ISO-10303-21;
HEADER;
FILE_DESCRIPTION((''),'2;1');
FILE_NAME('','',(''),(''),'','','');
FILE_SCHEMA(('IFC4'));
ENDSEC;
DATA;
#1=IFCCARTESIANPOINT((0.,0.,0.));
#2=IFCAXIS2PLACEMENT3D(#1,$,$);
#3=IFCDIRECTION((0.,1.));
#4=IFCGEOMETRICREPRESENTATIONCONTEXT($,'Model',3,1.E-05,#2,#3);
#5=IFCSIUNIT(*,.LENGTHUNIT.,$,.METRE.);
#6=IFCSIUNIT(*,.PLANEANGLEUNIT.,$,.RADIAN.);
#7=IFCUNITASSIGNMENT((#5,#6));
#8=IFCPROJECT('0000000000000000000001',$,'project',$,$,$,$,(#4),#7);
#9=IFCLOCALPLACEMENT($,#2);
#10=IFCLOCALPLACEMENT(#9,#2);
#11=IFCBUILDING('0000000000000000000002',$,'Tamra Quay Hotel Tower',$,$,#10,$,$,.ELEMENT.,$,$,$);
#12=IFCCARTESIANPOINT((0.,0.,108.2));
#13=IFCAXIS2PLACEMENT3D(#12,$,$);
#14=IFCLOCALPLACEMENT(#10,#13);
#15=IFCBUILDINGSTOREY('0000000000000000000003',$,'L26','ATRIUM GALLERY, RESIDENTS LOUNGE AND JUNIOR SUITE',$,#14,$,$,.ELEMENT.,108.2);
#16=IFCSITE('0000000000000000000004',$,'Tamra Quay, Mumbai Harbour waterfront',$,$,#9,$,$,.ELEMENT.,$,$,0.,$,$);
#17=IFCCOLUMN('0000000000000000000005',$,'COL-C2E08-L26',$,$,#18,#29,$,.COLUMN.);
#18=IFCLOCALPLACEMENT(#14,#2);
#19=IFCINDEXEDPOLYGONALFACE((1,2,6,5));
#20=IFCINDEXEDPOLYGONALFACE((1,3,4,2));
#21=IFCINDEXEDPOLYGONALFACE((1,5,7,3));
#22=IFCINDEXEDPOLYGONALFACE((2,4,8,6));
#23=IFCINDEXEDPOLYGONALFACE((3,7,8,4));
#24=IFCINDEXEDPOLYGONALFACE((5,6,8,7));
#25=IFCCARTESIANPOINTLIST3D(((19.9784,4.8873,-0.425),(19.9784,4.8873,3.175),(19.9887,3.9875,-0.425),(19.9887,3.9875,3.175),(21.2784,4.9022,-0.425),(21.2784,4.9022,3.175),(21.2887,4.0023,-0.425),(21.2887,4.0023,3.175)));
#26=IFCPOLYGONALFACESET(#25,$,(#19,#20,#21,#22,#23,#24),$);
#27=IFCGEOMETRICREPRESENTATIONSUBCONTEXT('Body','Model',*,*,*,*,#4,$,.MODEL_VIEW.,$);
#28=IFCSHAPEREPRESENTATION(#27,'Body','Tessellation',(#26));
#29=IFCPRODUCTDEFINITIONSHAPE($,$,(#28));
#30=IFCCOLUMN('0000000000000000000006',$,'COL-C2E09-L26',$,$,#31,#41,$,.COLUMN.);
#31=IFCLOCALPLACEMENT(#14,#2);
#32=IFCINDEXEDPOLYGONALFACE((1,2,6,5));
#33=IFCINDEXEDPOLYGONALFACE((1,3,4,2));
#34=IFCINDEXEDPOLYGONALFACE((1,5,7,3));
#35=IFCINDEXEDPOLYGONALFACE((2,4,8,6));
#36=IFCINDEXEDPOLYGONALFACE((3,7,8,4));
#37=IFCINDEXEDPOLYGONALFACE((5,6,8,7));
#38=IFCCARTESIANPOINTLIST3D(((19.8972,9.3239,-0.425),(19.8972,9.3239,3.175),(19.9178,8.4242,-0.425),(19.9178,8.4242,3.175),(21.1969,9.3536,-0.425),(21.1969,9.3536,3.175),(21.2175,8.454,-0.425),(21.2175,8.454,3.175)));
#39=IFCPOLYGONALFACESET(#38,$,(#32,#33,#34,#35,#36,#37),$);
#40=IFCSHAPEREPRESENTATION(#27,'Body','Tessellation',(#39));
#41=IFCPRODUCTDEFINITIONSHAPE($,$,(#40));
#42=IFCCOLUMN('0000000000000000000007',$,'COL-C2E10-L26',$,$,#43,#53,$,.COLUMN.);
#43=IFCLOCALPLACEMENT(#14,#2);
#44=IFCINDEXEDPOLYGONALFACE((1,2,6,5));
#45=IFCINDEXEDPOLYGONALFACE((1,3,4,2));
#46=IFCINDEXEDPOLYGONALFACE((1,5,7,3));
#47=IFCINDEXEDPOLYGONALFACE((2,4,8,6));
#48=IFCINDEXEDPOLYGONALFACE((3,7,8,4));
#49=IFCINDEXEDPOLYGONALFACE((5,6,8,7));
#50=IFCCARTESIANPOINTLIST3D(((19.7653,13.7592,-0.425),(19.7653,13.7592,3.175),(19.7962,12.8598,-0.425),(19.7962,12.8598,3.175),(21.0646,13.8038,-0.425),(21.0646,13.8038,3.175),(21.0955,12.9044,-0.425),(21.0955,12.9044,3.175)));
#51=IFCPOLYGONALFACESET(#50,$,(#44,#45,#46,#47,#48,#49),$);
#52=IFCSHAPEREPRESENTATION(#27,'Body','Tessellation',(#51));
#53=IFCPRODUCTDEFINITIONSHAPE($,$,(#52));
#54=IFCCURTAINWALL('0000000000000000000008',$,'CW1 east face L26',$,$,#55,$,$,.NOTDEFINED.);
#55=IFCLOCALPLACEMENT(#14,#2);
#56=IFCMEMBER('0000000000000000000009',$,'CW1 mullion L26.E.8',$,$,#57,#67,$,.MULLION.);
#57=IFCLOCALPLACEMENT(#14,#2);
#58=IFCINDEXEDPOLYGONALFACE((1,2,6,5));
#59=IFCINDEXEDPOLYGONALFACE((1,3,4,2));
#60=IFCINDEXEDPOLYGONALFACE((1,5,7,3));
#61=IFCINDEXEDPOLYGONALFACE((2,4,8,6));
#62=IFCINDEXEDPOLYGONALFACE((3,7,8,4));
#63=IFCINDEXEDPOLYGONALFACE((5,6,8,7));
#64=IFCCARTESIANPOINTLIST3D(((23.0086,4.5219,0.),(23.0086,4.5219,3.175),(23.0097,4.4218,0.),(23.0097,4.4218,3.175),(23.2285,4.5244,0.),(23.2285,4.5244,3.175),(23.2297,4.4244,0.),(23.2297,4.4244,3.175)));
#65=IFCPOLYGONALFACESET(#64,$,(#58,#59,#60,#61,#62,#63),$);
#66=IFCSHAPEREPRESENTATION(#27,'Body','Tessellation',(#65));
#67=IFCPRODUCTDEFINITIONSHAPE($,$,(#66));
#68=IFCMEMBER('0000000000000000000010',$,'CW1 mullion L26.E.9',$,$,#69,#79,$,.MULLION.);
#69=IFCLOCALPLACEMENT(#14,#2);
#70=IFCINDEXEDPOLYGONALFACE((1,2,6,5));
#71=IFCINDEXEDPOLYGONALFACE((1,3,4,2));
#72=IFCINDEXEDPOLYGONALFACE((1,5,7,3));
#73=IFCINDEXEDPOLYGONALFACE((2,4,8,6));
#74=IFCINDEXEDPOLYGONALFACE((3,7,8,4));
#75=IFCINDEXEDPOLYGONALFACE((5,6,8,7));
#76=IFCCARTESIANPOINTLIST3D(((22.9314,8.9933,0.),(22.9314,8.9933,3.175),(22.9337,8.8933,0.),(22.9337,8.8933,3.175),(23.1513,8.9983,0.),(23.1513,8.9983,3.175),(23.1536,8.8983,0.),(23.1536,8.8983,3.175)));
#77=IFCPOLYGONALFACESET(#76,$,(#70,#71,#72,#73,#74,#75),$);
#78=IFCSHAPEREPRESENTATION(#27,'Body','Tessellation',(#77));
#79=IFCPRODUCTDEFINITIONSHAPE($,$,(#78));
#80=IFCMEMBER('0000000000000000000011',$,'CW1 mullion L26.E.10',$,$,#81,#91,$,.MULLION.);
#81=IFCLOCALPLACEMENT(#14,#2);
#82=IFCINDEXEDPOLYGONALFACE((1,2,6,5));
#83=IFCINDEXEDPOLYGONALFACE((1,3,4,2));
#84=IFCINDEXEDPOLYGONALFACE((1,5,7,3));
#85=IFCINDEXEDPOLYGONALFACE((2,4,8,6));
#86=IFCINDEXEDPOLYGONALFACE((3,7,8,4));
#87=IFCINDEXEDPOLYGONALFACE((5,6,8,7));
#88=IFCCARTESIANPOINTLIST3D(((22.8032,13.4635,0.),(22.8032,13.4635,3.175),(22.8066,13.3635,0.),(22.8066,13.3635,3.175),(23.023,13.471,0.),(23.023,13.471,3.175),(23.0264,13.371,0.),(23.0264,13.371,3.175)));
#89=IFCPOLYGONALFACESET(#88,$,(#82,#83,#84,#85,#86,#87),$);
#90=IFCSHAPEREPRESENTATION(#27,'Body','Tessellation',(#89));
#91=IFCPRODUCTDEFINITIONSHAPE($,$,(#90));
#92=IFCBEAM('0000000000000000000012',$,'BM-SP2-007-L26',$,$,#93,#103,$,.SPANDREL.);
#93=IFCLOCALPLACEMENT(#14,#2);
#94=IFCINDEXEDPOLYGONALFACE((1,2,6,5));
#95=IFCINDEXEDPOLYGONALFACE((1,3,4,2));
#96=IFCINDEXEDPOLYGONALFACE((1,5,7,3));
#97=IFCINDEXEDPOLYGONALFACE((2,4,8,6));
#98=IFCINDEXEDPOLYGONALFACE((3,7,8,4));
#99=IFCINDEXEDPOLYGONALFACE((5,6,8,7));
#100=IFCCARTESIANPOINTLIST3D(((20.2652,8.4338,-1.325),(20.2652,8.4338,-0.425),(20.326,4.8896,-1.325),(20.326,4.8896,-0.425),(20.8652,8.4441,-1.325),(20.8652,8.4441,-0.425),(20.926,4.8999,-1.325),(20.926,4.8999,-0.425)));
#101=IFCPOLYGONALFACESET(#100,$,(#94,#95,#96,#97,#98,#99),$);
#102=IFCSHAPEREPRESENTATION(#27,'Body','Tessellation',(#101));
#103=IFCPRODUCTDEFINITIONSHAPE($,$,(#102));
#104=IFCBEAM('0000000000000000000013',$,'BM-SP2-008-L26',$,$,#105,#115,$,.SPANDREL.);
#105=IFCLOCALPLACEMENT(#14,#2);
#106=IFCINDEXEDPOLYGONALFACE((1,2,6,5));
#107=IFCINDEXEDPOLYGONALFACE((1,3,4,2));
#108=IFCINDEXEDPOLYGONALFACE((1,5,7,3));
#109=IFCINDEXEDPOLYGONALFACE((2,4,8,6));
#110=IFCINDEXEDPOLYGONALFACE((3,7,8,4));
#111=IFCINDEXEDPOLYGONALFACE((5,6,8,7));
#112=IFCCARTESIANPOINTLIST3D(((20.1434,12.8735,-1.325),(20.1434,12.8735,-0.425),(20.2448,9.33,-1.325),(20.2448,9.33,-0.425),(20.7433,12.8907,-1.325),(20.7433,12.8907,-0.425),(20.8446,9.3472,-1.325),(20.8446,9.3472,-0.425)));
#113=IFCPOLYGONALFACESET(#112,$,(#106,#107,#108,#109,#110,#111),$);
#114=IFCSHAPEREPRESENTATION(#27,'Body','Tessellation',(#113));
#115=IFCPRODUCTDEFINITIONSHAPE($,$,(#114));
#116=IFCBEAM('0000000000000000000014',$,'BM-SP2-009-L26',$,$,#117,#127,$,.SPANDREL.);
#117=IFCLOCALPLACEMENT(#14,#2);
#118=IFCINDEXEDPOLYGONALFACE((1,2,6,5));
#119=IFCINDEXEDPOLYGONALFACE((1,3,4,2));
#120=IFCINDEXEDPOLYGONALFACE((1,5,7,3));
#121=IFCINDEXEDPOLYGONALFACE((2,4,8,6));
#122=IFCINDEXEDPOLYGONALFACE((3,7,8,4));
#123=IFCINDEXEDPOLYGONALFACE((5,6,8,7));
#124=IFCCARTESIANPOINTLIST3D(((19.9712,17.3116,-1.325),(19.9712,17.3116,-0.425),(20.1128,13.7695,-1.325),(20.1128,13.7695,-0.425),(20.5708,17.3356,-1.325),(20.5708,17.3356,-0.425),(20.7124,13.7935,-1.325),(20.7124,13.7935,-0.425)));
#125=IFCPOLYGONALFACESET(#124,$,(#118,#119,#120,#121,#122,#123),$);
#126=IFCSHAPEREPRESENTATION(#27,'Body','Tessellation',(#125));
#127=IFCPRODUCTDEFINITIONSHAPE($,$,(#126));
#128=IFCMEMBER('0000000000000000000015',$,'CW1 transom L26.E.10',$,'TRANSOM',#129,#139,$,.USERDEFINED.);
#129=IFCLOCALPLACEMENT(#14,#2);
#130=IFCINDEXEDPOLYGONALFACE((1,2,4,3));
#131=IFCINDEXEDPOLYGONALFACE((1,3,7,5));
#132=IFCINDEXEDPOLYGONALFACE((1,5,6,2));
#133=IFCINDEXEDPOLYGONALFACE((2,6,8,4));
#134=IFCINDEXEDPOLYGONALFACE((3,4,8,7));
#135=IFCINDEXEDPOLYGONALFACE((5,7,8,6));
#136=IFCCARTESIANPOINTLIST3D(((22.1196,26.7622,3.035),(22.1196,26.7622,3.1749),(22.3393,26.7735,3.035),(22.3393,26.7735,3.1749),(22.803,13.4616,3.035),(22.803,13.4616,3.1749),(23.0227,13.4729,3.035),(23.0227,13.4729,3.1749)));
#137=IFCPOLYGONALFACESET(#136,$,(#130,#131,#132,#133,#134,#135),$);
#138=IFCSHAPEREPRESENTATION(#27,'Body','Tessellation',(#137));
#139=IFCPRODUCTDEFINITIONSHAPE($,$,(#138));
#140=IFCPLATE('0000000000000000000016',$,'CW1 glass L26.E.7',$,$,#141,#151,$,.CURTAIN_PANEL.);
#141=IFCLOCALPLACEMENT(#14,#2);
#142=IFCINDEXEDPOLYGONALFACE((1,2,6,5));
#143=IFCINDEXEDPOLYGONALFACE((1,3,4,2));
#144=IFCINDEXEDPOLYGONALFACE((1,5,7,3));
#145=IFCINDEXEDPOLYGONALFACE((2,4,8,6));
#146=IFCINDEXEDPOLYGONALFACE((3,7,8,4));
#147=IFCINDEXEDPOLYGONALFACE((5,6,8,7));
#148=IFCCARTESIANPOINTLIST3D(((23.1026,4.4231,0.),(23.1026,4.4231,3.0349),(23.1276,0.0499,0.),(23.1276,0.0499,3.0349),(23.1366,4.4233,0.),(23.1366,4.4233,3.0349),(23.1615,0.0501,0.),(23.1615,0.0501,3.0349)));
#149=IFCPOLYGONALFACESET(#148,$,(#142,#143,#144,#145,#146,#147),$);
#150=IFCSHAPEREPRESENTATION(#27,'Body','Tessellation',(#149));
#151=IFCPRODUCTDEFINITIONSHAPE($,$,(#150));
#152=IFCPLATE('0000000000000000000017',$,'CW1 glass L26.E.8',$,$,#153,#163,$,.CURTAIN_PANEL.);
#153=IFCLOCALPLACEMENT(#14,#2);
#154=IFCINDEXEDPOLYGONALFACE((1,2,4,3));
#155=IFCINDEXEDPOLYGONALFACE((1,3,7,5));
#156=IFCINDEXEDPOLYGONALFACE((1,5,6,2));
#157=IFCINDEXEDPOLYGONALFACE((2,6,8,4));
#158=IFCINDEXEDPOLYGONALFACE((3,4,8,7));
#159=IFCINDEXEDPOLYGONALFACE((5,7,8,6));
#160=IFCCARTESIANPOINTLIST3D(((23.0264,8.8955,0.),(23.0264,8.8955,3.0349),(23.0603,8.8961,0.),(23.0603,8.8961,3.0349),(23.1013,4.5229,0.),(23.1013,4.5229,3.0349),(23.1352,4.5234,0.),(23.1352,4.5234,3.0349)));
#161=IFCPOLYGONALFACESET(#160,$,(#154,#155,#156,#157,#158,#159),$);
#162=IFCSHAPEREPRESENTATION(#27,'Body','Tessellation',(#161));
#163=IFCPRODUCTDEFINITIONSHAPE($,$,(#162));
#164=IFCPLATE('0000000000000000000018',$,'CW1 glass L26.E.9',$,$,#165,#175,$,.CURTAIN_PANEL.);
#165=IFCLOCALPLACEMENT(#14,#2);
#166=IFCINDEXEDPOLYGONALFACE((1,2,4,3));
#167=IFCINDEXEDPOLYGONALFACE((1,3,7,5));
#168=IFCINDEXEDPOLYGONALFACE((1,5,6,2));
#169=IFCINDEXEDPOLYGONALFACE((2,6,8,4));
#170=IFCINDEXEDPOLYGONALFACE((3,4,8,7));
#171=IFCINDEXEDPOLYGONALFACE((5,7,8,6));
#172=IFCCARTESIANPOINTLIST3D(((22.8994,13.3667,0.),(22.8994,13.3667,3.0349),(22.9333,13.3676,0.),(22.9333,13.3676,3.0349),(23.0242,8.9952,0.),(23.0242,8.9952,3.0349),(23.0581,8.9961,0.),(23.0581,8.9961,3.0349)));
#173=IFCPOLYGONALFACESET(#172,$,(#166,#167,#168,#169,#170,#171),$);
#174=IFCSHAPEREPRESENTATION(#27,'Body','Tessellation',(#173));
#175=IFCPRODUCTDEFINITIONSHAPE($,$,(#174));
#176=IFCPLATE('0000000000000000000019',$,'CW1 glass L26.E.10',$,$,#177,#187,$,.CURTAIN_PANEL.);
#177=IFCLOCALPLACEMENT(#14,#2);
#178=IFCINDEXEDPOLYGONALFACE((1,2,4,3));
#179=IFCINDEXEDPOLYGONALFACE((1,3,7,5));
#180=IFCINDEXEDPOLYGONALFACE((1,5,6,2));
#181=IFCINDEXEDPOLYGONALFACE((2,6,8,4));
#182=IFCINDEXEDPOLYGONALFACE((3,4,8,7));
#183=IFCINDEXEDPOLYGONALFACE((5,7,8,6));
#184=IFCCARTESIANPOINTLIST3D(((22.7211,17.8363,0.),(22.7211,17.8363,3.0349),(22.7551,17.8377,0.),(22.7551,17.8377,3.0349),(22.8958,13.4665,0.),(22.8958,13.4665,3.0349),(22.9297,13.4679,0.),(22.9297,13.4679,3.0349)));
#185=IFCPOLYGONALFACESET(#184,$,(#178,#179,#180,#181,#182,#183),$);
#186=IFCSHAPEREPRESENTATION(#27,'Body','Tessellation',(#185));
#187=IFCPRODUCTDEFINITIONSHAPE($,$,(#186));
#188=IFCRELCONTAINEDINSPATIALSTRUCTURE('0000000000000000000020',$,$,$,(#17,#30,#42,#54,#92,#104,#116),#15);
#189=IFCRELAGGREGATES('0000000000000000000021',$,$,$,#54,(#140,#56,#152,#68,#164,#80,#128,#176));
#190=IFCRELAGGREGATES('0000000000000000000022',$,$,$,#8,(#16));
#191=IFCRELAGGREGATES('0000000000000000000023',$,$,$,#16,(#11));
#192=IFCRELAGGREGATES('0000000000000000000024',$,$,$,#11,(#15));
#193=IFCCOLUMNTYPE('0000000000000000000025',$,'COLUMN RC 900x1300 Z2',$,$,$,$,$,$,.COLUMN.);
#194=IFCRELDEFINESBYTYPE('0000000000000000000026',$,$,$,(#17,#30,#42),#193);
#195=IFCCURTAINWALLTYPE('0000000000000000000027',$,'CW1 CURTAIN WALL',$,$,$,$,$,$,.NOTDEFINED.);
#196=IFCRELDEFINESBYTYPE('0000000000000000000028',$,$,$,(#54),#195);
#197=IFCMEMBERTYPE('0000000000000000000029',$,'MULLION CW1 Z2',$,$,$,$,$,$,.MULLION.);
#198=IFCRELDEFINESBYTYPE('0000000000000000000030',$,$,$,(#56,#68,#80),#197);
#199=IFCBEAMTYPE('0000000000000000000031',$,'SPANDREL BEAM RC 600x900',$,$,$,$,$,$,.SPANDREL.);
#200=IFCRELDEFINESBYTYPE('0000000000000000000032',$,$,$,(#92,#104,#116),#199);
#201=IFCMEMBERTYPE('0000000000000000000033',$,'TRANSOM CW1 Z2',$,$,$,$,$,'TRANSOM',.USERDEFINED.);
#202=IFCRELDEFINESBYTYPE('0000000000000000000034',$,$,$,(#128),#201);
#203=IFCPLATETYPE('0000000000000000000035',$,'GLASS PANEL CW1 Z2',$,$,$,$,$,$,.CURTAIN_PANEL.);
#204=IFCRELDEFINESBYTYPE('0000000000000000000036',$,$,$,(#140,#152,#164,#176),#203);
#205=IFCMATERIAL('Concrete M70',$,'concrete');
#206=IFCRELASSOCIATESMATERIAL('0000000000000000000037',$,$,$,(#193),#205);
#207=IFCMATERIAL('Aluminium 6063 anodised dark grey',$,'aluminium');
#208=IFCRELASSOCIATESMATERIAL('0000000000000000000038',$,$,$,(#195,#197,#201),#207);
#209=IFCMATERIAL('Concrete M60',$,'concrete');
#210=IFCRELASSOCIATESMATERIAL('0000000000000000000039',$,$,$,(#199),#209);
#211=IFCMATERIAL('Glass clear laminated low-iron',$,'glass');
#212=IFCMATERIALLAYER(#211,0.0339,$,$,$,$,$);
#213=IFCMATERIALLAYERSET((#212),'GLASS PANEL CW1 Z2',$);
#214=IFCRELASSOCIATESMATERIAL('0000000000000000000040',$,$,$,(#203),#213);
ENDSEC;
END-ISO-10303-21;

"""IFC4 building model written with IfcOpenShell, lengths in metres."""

from ifc_helpers import new_model, si_unit, direction, frame, origin, origin_2d, place, context, subcontext, project, spatial, rectangle, extrude, material, layer, layer_set, material_profile, profile_set, type_object, element, aggregate, save


model = new_model("IFC4")

# Units and contexts
model_context = context("Model", 3, precision=1e-05, world=origin(), true_north=direction((0.0, 1.0)))
body_context = subcontext(model_context, "Body", "Model", "MODEL_VIEW")
ifc_project = project(units=[si_unit("LENGTHUNIT", "METRE"), si_unit("PLANEANGLEUNIT", "RADIAN")], contexts=[model_context])

# Site, building, storey
site_placement = place(None, origin())
site = spatial("IfcSite", under=ifc_project, at=site_placement, Name="Tamra Quay, Mumbai Harbour waterfront", CompositionType="ELEMENT", RefElevation=0.0)
building_placement = place(site_placement, origin())
building = spatial("IfcBuilding", under=site, at=building_placement, Name="Tamra Quay Hotel Tower", CompositionType="ELEMENT")
storey_placement = place(building_placement, frame((0.0, 0.0, 108.2)))
storey = spatial("IfcBuildingStorey", under=building, at=storey_placement, Name="L26", Description="ATRIUM GALLERY, RESIDENTS LOUNGE AND JUNIOR SUITE", CompositionType="ELEMENT", Elevation=108.2)

# Columns
ifc_material_1 = material(Name="Concrete M70", Category="concrete")
ifc_material_profile_1 = material_profile(ifc_material_1, rectangle(XDim=1.3, YDim=0.8999, at=origin_2d()), Name="COLUMN RC 900x1300 Z2")
ifc_profile_set_1 = profile_set([ifc_material_profile_1], Name="Concrete M70")
column_type = type_object("IfcColumnType", Name="COLUMN RC 900x1300 Z2", PredefinedType="COLUMN", material=ifc_profile_set_1)
for number, where, z_axis, x_axis, name in (
    (1, (20.6335, 4.4448, -0.425), (0.0, 0.0, 1.0), (0.999935, 0.011439, 0.0), "COL-C2E08-L26"),
    (2, (20.5574, 8.8889, -0.425), (0.0, 0.0, 1.0), (0.999738, 0.022874, 0.0), "COL-C2E09-L26"),
    (3, (20.4304, 13.3318, -0.425), (0.0, 0.0, 1.0), (0.999412, 0.034299, 0.0), "COL-C2E10-L26"),
):
    element("IfcColumn", number, at=place(storey_placement, frame(where, z_axis=z_axis, x_axis=x_axis)), inside=storey, type_object=column_type, Name=name, PredefinedType="COLUMN", context=body_context, shape_type="SweptSolid", body=[
        extrude(rectangle(XDim=1.3, YDim=0.8999, at=origin_2d()), origin(), (0.0, 0.0, 1.0), 3.6001),
    ])

# Curtain wall, members
ifc_material_2 = material(Name="Aluminium 6063 anodised dark grey", Category="aluminium")
curtain_wall_type = type_object("IfcCurtainWallType", Name="CW1 CURTAIN WALL", PredefinedType="NOTDEFINED", material=ifc_material_2)
curtain_wall_placement = place(storey_placement, origin())
curtain_wall = element("IfcCurtainWall", 4, at=curtain_wall_placement, inside=storey, type_object=curtain_wall_type, Name="CW1 east face L26", PredefinedType="NOTDEFINED")
ifc_material_profile_2 = material_profile(ifc_material_2, rectangle(XDim=0.22, YDim=0.1001, at=origin_2d()), Name="MULLION 100X220")
ifc_profile_set_2 = profile_set([ifc_material_profile_2], Name="Aluminium 6063 anodised dark grey")
member_type_1 = type_object("IfcMemberType", Name="MULLION CW1 Z2", PredefinedType="MULLION", material=ifc_profile_set_2)
member_1_placement = place(storey_placement, frame((23.1191, 4.4731, 0.0), z_axis=(0.0, 0.0, 1.0), x_axis=(0.999935, 0.011424, 0.0)))
member_1 = element("IfcMember", 5, at=member_1_placement, type_object=member_type_1, Name="CW1 mullion L26.E.8", PredefinedType="MULLION", context=body_context, shape_type="SweptSolid", body=[
    extrude(rectangle(XDim=0.22, YDim=0.1001, at=origin_2d()), origin(), (0.0, 0.0, 1.0), 3.175),
])
member_2_placement = place(storey_placement, frame((23.0425, 8.9458, 0.0), z_axis=(0.0, 0.0, 1.0), x_axis=(0.999739, 0.022841, 0.0)))
member_2 = element("IfcMember", 6, at=member_2_placement, type_object=member_type_1, Name="CW1 mullion L26.E.9", PredefinedType="MULLION", context=body_context, shape_type="SweptSolid", body=[
    extrude(rectangle(XDim=0.22, YDim=0.1001, at=origin_2d()), origin(), (0.0, 0.0, 1.0), 3.175),
])
member_3_placement = place(storey_placement, frame((22.9148, 13.4172, 0.0), z_axis=(0.0, 0.0, 1.0), x_axis=(0.999413, 0.034246, 0.0)))
member_3 = element("IfcMember", 7, at=member_3_placement, type_object=member_type_1, Name="CW1 mullion L26.E.10", PredefinedType="MULLION", context=body_context, shape_type="SweptSolid", body=[
    extrude(rectangle(XDim=0.22, YDim=0.1001, at=origin_2d()), origin(), (0.0, 0.0, 1.0), 3.175),
])

# Beams
ifc_material_3 = material(Name="Concrete M60", Category="concrete")
ifc_material_profile_3 = material_profile(ifc_material_3, rectangle(XDim=0.6001, YDim=0.8999, at=origin_2d()), Name="SPANDREL BEAM RC 600x900")
ifc_profile_set_3 = profile_set([ifc_material_profile_3], Name="Concrete M60")
beam_type = type_object("IfcBeamType", Name="SPANDREL BEAM RC 600x900", PredefinedType="SPANDREL", material=ifc_profile_set_3)
beam_placement = place(storey_placement, frame((20.626, 4.8948, -0.875), z_axis=(-0.01715, 0.999853, 0.0), x_axis=(-0.999853, -0.01715, 0.0)))
element("IfcBeam", 8, at=beam_placement, inside=storey, type_object=beam_type, Name="BM-SP2-007-L26", PredefinedType="SPANDREL", context=body_context, shape_type="SweptSolid", body=[
    extrude(rectangle(XDim=0.6001, YDim=0.8999, at=origin_2d()), origin(), (0.0, 0.0, 1.0), 3.5447),
])
for number, where, z_axis, x_axis, name in (
    (9, (20.5447, 9.3386, -0.875), (-0.028581, 0.999591, 0.0), (-0.999591, -0.028581, 0.0), "BM-SP2-008-L26"),
    (10, (20.4126, 13.7815, -0.875), (-0.039946, 0.999202, 0.0), (-0.999202, -0.039946, 0.0), "BM-SP2-009-L26"),
):
    element("IfcBeam", number, at=place(storey_placement, frame(where, z_axis=z_axis, x_axis=x_axis)), inside=storey, type_object=beam_type, Name=name, PredefinedType="SPANDREL", context=body_context, shape_type="SweptSolid", body=[
        extrude(rectangle(XDim=0.6001, YDim=0.8999, at=origin_2d()), origin(), (0.0, 0.0, 1.0), 3.5449),
    ])

# Member
ifc_material_profile_4 = material_profile(ifc_material_2, rectangle(XDim=0.22, YDim=0.1399, at=origin_2d()), Name="TRANSOM 220X140")
ifc_profile_set_4 = profile_set([ifc_material_profile_4], Name="Aluminium 6063 anodised dark grey")
member_type_2 = type_object("IfcMemberType", Name="TRANSOM CW1 Z2", ElementType="TRANSOM", PredefinedType="USERDEFINED", material=ifc_profile_set_4)
member_4_placement = place(storey_placement, frame((22.9128, 13.4673, 3.105), z_axis=(-0.05131, 0.998683, 0.0), x_axis=(-0.998683, -0.05131, 0.0)))
member_4 = element("IfcMember", 11, at=member_4_placement, type_object=member_type_2, Name="CW1 transom L26.E.10", ObjectType="TRANSOM", PredefinedType="USERDEFINED", context=body_context, shape_type="SweptSolid", body=[
    extrude(rectangle(XDim=0.22, YDim=0.1399, at=origin_2d()), origin(), (0.0, 0.0, 1.0), 13.3181),
])

# Plates
ifc_material_4 = material(Name="Glass clear laminated low-iron", Category="glass")
ifc_layer_1 = layer(ifc_material_4, 0.0339)
ifc_layer_set_1 = layer_set([ifc_layer_1], Name="GLASS PANEL CW1 Z2")
plate_type = type_object("IfcPlateType", Name="GLASS PANEL CW1 Z2", PredefinedType="CURTAIN_PANEL", material=ifc_layer_set_1)
plate_1_placement = place(storey_placement, frame((23.1321, 2.2366, 0.0), z_axis=(0.0, 0.0, 1.0), x_axis=(-0.005713, 0.999984, 0.0)))
plate_1 = element("IfcPlate", 12, at=plate_1_placement, type_object=plate_type, Name="CW1 glass L26.E.7", PredefinedType="CURTAIN_PANEL", context=body_context, shape_type="SweptSolid", body=[
    extrude(rectangle(XDim=4.3733, YDim=0.0339, at=origin_2d()), origin(), (0.0, 0.0, 1.0), 3.0349),
])
plate_2_placement = place(storey_placement, frame((23.0808, 6.7095, 0.0), z_axis=(0.0, 0.0, 1.0), x_axis=(-0.017134, 0.999853, 0.0)))
plate_2 = element("IfcPlate", 13, at=plate_2_placement, type_object=plate_type, Name="CW1 glass L26.E.8", PredefinedType="CURTAIN_PANEL", context=body_context, shape_type="SweptSolid", body=[
    extrude(rectangle(XDim=4.3733, YDim=0.0339, at=origin_2d()), origin(), (0.0, 0.0, 1.0), 3.0349),
])
plate_3_placement = place(storey_placement, frame((22.9788, 11.1814, 0.0), z_axis=(0.0, 0.0, 1.0), x_axis=(-0.028546, 0.999592, 0.0)))
plate_3 = element("IfcPlate", 14, at=plate_3_placement, type_object=plate_type, Name="CW1 glass L26.E.9", PredefinedType="CURTAIN_PANEL", context=body_context, shape_type="SweptSolid", body=[
    extrude(rectangle(XDim=4.3733, YDim=0.0339, at=origin_2d()), origin(), (0.0, 0.0, 1.0), 3.0349),
])
plate_4_placement = place(storey_placement, frame((22.8254, 15.6521, 0.0), z_axis=(0.0, 0.0, 1.0), x_axis=(-0.039944, 0.999202, 0.0)))
plate_4 = element("IfcPlate", 15, at=plate_4_placement, type_object=plate_type, Name="CW1 glass L26.E.10", PredefinedType="CURTAIN_PANEL", context=body_context, shape_type="SweptSolid", body=[
    extrude(rectangle(XDim=4.3733, YDim=0.0339, at=origin_2d()), origin(), (0.0, 0.0, 1.0), 3.0349),
])
aggregate(curtain_wall, [plate_1, member_1, plate_2, member_2, plate_3, member_3, member_4, plate_4])

save(model, "model.ifc")
